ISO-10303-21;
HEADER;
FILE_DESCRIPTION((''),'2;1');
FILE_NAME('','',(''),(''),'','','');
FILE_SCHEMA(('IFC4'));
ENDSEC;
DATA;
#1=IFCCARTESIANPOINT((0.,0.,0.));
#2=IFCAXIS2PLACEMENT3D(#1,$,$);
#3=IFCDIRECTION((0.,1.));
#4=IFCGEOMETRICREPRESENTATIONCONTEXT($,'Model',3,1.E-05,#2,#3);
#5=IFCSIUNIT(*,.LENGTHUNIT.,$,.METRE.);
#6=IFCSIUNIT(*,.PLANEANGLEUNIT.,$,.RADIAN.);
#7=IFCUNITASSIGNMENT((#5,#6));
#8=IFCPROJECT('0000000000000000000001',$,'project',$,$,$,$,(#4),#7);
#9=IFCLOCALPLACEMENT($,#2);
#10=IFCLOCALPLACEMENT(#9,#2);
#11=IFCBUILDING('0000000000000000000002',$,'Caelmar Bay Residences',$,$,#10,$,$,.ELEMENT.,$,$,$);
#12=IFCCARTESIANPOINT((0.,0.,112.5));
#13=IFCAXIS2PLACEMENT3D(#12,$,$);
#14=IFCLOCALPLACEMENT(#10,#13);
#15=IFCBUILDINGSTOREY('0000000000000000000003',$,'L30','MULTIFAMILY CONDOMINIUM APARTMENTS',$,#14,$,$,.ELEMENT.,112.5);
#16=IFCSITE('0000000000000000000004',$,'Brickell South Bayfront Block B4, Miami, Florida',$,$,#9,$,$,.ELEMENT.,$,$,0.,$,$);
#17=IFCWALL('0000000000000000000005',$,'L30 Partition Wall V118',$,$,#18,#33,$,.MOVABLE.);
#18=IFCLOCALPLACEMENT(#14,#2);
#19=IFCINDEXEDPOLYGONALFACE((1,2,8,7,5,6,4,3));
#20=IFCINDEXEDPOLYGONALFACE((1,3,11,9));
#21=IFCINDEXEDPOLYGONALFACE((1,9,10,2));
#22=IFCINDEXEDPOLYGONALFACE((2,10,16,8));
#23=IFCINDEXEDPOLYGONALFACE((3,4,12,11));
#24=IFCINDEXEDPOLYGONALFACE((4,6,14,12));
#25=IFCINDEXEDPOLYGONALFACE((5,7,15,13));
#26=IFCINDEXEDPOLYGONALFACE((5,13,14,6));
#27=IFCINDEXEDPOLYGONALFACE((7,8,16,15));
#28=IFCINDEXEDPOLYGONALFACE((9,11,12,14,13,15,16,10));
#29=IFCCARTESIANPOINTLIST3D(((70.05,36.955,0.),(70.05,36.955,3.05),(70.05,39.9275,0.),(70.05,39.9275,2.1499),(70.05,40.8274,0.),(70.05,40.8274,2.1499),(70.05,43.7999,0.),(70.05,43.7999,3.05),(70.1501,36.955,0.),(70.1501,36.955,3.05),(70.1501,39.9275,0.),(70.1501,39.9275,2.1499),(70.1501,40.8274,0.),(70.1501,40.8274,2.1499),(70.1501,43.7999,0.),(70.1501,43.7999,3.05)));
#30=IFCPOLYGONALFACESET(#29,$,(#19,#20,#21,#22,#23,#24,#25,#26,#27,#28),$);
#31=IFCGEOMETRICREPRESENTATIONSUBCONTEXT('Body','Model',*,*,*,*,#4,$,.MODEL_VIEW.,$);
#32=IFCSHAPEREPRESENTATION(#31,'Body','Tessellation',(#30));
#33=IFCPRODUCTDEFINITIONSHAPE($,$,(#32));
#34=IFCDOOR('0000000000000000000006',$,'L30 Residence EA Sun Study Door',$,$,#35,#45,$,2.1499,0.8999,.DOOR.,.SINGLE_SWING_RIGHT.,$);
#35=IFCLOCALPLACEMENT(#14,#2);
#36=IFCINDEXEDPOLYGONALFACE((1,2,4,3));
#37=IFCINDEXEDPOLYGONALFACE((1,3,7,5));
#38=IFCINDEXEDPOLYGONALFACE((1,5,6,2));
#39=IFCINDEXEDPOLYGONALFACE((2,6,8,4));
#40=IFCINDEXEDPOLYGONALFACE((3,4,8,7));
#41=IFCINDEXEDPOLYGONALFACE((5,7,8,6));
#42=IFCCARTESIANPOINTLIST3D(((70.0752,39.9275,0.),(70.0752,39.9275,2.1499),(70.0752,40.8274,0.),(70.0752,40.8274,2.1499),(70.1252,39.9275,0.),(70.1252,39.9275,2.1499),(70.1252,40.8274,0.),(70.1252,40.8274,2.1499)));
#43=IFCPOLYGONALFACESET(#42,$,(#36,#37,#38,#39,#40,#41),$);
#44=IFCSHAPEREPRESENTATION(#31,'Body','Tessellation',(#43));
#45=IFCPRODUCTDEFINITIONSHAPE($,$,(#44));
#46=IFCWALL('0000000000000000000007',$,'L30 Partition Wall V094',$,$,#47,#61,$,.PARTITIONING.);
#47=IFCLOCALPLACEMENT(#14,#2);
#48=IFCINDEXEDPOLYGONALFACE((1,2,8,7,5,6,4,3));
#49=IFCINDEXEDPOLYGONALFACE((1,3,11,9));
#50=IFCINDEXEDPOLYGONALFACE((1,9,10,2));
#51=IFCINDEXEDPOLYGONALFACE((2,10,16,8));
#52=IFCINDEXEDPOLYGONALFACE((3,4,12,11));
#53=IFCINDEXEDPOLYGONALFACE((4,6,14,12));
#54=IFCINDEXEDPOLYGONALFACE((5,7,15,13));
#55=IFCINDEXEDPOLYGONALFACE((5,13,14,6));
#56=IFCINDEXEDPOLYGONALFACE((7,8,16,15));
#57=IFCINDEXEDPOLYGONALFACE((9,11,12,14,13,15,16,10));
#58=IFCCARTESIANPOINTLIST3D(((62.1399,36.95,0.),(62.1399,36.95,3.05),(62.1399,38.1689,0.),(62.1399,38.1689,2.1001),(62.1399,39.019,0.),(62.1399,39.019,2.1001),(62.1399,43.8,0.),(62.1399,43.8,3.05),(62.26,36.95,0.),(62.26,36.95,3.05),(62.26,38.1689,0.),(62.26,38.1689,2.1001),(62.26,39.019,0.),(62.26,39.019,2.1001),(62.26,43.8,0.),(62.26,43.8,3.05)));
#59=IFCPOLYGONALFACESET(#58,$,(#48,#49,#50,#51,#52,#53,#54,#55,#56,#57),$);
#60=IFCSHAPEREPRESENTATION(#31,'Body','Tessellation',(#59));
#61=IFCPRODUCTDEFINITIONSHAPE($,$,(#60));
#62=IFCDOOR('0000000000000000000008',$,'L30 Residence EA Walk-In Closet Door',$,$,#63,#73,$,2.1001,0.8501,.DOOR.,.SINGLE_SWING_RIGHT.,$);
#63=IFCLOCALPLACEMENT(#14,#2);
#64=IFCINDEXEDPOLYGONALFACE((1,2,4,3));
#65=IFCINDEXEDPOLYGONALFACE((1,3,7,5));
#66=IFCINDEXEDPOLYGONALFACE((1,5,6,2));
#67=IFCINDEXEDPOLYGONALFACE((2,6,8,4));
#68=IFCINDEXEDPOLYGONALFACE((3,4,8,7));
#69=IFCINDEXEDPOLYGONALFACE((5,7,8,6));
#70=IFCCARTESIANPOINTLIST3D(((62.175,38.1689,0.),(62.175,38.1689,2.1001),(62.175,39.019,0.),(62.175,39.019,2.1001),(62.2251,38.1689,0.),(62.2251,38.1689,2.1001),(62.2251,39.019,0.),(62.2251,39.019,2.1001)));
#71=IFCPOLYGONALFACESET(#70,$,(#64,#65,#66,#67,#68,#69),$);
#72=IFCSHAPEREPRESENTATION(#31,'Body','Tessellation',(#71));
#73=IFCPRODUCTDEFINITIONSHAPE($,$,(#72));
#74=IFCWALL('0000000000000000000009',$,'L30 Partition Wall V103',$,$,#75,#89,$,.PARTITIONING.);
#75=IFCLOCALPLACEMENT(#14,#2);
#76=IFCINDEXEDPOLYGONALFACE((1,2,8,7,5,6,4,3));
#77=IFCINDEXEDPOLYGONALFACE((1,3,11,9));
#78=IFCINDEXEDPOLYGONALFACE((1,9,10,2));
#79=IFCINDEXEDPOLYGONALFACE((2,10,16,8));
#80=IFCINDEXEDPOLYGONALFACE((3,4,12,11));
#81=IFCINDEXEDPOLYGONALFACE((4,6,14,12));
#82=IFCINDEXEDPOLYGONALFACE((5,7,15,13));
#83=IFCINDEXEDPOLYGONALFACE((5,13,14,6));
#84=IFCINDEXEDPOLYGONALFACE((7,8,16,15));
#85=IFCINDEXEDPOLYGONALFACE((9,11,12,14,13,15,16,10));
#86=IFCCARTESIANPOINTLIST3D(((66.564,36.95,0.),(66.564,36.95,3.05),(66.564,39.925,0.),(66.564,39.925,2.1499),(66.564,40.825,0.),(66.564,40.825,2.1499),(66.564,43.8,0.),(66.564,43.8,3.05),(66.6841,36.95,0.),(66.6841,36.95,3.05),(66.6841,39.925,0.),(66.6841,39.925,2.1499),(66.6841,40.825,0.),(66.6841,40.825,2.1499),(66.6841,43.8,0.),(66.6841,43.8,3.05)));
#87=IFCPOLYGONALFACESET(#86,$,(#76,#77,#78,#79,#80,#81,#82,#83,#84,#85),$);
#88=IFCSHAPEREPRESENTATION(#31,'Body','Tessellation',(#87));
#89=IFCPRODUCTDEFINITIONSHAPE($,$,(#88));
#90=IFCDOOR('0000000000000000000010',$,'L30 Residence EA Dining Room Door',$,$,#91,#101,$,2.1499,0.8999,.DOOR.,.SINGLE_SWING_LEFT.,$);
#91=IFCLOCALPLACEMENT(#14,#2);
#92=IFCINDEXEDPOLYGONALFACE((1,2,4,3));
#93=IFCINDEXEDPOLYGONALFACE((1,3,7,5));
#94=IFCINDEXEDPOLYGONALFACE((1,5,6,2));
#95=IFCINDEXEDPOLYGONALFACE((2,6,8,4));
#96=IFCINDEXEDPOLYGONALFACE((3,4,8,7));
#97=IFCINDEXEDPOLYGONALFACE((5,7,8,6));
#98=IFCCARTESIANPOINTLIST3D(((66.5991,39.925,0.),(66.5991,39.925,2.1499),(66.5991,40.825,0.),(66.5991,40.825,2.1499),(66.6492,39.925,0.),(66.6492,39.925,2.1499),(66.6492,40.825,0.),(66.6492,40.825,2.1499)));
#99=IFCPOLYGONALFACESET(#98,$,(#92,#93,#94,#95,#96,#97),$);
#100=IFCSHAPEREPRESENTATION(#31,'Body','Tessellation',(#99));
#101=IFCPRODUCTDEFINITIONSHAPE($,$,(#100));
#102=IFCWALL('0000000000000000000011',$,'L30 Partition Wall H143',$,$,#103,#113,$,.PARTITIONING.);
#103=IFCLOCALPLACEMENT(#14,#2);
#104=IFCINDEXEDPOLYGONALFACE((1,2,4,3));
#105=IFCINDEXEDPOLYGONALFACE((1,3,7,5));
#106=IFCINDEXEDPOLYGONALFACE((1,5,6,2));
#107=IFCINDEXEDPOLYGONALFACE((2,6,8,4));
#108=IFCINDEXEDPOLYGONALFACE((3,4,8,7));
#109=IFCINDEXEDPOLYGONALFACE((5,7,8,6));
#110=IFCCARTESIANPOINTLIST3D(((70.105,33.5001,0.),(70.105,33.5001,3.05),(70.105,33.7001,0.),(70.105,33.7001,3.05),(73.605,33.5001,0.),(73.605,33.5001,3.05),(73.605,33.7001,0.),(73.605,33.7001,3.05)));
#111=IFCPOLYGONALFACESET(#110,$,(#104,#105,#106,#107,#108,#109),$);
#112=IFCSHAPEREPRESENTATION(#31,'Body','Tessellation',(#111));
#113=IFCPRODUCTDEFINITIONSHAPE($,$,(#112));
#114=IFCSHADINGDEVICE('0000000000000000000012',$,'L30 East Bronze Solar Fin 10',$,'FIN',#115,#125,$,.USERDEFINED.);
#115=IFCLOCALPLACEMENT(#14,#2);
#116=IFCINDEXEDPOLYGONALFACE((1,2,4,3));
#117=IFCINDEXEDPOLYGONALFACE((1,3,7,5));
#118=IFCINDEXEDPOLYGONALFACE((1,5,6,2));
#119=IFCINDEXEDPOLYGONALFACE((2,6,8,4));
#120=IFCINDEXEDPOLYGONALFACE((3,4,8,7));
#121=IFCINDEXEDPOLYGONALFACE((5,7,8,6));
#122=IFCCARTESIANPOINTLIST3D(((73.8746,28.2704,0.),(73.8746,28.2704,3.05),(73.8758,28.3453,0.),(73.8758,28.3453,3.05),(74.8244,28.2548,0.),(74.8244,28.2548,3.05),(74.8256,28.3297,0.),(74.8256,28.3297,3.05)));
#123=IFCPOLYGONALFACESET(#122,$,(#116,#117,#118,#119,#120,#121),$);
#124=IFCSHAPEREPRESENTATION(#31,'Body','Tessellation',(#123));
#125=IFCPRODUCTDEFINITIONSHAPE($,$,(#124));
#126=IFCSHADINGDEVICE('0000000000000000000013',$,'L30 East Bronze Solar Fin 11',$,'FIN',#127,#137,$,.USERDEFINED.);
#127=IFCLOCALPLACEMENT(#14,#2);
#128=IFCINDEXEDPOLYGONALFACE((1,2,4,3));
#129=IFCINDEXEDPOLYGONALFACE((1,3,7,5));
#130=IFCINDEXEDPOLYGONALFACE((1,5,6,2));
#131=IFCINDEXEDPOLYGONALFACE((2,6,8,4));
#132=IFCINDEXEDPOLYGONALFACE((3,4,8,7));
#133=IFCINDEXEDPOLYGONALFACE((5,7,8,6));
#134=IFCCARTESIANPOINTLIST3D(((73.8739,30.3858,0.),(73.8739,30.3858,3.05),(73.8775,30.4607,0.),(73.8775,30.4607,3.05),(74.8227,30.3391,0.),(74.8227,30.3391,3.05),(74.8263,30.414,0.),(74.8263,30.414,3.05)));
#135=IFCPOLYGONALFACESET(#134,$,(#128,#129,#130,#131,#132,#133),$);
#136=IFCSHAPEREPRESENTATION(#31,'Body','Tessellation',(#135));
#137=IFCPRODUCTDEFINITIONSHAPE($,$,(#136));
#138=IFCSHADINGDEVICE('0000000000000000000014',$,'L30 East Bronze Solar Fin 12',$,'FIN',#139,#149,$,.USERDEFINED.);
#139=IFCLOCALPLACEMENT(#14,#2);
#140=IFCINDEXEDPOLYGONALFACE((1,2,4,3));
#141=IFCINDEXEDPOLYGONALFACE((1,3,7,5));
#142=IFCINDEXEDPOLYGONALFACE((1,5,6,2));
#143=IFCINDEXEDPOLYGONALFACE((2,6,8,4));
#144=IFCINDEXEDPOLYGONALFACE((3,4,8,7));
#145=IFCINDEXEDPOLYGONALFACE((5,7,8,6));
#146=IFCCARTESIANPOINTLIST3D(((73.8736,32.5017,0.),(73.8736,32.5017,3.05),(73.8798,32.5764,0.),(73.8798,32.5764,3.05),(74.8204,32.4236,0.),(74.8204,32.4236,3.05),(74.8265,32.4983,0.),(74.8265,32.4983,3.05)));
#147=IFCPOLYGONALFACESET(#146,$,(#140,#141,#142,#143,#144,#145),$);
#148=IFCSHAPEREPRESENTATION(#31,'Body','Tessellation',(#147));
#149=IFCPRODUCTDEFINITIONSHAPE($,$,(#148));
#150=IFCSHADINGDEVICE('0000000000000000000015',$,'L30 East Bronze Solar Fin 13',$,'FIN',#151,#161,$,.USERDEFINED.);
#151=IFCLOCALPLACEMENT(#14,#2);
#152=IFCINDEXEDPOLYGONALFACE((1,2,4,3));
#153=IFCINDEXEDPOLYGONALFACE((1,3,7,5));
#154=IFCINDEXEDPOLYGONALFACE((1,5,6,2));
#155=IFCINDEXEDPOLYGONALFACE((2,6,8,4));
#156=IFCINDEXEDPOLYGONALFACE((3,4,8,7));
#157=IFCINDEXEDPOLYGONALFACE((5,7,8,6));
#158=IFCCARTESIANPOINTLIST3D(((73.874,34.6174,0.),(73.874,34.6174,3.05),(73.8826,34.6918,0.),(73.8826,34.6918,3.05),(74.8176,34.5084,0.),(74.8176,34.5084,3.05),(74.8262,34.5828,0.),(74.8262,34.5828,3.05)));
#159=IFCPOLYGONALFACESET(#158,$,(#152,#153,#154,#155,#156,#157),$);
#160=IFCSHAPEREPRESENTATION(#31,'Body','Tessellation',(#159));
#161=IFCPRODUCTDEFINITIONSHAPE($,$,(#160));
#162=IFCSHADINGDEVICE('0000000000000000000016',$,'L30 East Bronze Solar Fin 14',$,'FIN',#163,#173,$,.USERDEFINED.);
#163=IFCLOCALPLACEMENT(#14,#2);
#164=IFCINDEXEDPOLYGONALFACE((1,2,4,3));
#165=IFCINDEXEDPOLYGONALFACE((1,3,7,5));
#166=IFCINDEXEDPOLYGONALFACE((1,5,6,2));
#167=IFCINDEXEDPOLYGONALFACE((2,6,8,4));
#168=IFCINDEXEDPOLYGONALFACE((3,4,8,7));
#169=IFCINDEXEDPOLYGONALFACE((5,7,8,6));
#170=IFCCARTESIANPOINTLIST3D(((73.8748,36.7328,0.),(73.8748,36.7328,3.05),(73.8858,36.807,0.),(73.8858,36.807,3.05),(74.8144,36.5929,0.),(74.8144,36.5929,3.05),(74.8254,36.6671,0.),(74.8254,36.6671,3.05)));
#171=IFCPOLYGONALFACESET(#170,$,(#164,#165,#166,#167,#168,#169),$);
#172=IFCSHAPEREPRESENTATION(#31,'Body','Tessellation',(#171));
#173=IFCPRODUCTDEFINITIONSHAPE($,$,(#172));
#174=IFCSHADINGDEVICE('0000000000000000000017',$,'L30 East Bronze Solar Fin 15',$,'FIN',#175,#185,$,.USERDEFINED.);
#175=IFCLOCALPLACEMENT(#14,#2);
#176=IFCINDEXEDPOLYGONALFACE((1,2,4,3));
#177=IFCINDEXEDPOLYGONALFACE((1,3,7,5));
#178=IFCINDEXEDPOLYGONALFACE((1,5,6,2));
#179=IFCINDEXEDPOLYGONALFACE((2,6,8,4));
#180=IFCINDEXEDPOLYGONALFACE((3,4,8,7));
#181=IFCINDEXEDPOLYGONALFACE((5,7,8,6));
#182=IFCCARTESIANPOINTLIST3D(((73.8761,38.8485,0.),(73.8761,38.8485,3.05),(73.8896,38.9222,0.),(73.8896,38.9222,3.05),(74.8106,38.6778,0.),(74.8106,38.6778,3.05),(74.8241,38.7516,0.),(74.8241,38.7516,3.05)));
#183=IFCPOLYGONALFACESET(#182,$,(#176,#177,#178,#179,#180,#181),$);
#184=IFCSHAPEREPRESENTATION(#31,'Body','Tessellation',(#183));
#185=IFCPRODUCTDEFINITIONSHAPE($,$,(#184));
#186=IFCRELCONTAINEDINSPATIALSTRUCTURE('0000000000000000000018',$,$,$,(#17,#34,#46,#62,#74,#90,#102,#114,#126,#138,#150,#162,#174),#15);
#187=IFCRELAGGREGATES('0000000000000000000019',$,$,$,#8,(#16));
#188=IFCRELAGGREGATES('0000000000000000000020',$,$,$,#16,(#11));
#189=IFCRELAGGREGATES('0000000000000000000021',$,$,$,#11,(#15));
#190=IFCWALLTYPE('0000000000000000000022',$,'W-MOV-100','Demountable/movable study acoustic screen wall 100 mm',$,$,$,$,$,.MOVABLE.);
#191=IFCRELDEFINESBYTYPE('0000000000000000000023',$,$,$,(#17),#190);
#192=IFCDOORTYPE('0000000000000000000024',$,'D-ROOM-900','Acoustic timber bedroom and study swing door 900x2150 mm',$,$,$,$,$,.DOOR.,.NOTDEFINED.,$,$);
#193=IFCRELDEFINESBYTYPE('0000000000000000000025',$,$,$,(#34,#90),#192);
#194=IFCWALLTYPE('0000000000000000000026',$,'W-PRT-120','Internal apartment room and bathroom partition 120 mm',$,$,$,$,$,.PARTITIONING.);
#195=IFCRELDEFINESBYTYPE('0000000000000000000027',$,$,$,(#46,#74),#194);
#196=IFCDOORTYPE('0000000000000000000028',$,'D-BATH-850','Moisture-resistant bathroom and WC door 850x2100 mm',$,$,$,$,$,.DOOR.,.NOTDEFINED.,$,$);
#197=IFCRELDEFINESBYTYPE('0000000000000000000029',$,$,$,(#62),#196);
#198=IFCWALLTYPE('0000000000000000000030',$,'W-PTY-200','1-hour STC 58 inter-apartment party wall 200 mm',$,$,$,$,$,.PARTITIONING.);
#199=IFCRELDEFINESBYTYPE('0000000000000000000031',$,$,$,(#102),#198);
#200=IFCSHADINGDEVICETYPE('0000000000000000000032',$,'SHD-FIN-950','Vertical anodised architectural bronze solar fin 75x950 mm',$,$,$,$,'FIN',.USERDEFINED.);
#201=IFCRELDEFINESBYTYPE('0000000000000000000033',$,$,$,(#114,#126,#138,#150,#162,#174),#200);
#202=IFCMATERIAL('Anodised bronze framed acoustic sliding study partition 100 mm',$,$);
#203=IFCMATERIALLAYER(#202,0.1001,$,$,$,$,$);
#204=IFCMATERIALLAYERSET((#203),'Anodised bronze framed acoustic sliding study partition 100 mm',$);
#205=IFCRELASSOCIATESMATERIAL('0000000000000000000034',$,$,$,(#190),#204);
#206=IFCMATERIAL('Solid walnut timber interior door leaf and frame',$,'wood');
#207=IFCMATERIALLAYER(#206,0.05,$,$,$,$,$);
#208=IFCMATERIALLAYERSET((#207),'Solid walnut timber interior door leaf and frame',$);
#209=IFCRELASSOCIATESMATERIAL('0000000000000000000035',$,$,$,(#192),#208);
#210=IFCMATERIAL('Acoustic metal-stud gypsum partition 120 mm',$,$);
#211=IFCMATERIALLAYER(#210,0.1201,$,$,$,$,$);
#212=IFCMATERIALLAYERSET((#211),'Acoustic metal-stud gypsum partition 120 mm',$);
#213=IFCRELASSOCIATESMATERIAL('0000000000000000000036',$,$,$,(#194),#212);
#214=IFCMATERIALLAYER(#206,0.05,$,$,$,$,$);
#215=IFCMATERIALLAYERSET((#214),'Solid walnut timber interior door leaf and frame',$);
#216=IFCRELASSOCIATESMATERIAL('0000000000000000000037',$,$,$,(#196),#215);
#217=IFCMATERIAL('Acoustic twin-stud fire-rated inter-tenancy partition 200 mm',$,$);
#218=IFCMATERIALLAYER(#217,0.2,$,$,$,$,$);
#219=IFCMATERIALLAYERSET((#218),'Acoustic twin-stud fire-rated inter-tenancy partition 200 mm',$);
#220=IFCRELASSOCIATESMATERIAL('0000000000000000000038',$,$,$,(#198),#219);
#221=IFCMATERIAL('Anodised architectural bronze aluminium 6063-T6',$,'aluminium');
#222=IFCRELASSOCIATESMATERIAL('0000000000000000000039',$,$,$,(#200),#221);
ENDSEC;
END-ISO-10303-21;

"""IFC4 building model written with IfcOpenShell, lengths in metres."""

from ifc_helpers import new_model, si_unit, direction, frame, frame_2d, origin, origin_2d, place, context, subcontext, project, spatial, rectangle, extrude, material, layer, layer_set, material_profile, profile_set, type_object, element, fill, save


model = new_model("IFC4")

# Units and contexts
model_context = context("Model", 3, precision=1e-05, world=origin(), true_north=direction((0.0, 1.0)))
body_context = subcontext(model_context, "Body", "Model", "MODEL_VIEW")
ifc_project = project(units=[si_unit("LENGTHUNIT", "METRE"), si_unit("PLANEANGLEUNIT", "RADIAN")], contexts=[model_context])

# Site, building, storey
site_placement = place(None, origin())
site = spatial("IfcSite", under=ifc_project, at=site_placement, Name="Brickell South Bayfront Block B4, Miami, Florida", CompositionType="ELEMENT", RefElevation=0.0)
building_placement = place(site_placement, origin())
building = spatial("IfcBuilding", under=site, at=building_placement, Name="Caelmar Bay Residences", CompositionType="ELEMENT")
storey_placement = place(building_placement, frame((0.0, 0.0, 112.5)))
storey = spatial("IfcBuildingStorey", under=building, at=storey_placement, Name="L30", Description="MULTIFAMILY CONDOMINIUM APARTMENTS", CompositionType="ELEMENT", Elevation=112.5)

# Walls, openings, doors
ifc_material_1 = material(Name="Anodised bronze framed acoustic sliding study partition 100 mm")
ifc_layer_1 = layer(ifc_material_1, 0.1001)
ifc_layer_set_1 = layer_set([ifc_layer_1], Name="Anodised bronze framed acoustic sliding study partition 100 mm")
wall_type_1 = type_object("IfcWallType", Name="W-MOV-100", Description="Demountable/movable study acoustic screen wall 100 mm", PredefinedType="MOVABLE", material=ifc_layer_set_1)
wall_1_placement = place(storey_placement, frame((70.1001, 36.9551, 0.0), z_axis=(0.0, 0.0, 1.0), x_axis=(0.0, 1.0, 0.0)))
wall_1 = element("IfcWall", 1, at=wall_1_placement, inside=storey, type_object=wall_type_1, Name="L30 Partition Wall V118", PredefinedType="MOVABLE", context=body_context, shape_type="SweptSolid", body=[
    extrude(rectangle(XDim=6.845, YDim=0.1001, at=frame_2d((3.4224, 0.0))), origin(), (0.0, 0.0, 1.0), 3.05),
])
opening_1_placement = place(wall_1_placement, frame((2.9724, 0.0, 0.0)))
opening_1 = element("IfcOpeningElement", 2, at=opening_1_placement, cuts=wall_1, PredefinedType="OPENING", context=body_context, shape_type="SweptSolid", body=[
    extrude(rectangle(XDim=0.8999, YDim=2.1499, at=frame_2d((0.45, 1.075))), frame((0.0, 0.0601, 0.0), z_axis=(0.0, -1.0, 0.0), x_axis=(1.0, 0.0, 0.0)), (0.0, 0.0, 1.0), 0.1201),
])
ifc_material_2 = material(Name="Solid walnut timber interior door leaf and frame", Category="wood")
ifc_layer_2 = layer(ifc_material_2, 0.05)
ifc_layer_set_2 = layer_set([ifc_layer_2], Name="Solid walnut timber interior door leaf and frame")
door_type_1 = type_object("IfcDoorType", Name="D-ROOM-900", Description="Acoustic timber bedroom and study swing door 900x2150 mm", OperationType="NOTDEFINED", PredefinedType="DOOR", material=ifc_layer_set_2)
door_1_placement = place(opening_1_placement, origin())
door_1 = element("IfcDoor", 3, at=door_1_placement, inside=storey, type_object=door_type_1, Name="L30 Residence EA Sun Study Door", OperationType="SINGLE_SWING_RIGHT", OverallHeight=2.1499, OverallWidth=0.8999, PredefinedType="DOOR", context=body_context, shape_type="SweptSolid", body=[
    extrude(rectangle(XDim=0.8999, YDim=2.1499, at=frame_2d((0.45, 1.075))), frame((0.0, 0.0249, 0.0), z_axis=(0.0, -1.0, 0.0), x_axis=(1.0, 0.0, 0.0)), (0.0, 0.0, 1.0), 0.05),
])
fill(opening_1, door_1)
ifc_material_3 = material(Name="Acoustic metal-stud gypsum partition 120 mm")
ifc_layer_3 = layer(ifc_material_3, 0.1201)
ifc_layer_set_3 = layer_set([ifc_layer_3], Name="Acoustic metal-stud gypsum partition 120 mm")
wall_type_2 = type_object("IfcWallType", Name="W-PRT-120", Description="Internal apartment room and bathroom partition 120 mm", PredefinedType="PARTITIONING", material=ifc_layer_set_3)
wall_2_placement = place(storey_placement, frame((62.2, 36.95, 0.0), z_axis=(0.0, 0.0, 1.0), x_axis=(0.0, 1.0, 0.0)))
wall_2 = element("IfcWall", 4, at=wall_2_placement, inside=storey, type_object=wall_type_2, Name="L30 Partition Wall V094", PredefinedType="PARTITIONING", context=body_context, shape_type="SweptSolid", body=[
    extrude(rectangle(XDim=6.8501, YDim=0.1201, at=frame_2d((3.425, 0.0))), origin(), (0.0, 0.0, 1.0), 3.05),
])
opening_2_placement = place(wall_2_placement, frame((1.219, 0.0, 0.0)))
opening_2 = element("IfcOpeningElement", 5, at=opening_2_placement, cuts=wall_2, PredefinedType="OPENING", context=body_context, shape_type="SweptSolid", body=[
    extrude(rectangle(XDim=0.8501, YDim=2.1001, at=frame_2d((0.425, 1.05))), frame((0.0, 0.0701, 0.0), z_axis=(0.0, -1.0, 0.0), x_axis=(1.0, 0.0, 0.0)), (0.0, 0.0, 1.0), 0.1401),
])
ifc_layer_4 = layer(ifc_material_2, 0.05)
ifc_layer_set_4 = layer_set([ifc_layer_4], Name="Solid walnut timber interior door leaf and frame")
door_type_2 = type_object("IfcDoorType", Name="D-BATH-850", Description="Moisture-resistant bathroom and WC door 850x2100 mm", OperationType="NOTDEFINED", PredefinedType="DOOR", material=ifc_layer_set_4)
door_2_placement = place(opening_2_placement, origin())
door_2 = element("IfcDoor", 6, at=door_2_placement, inside=storey, type_object=door_type_2, Name="L30 Residence EA Walk-In Closet Door", OperationType="SINGLE_SWING_RIGHT", OverallHeight=2.1001, OverallWidth=0.8501, PredefinedType="DOOR", context=body_context, shape_type="SweptSolid", body=[
    extrude(rectangle(XDim=0.8501, YDim=2.1001, at=frame_2d((0.425, 1.05))), frame((0.0, 0.0249, 0.0), z_axis=(0.0, -1.0, 0.0), x_axis=(1.0, 0.0, 0.0)), (0.0, 0.0, 1.0), 0.05),
])
fill(opening_2, door_2)
wall_3_placement = place(storey_placement, frame((66.624, 36.95, 0.0), z_axis=(0.0, 0.0, 1.0), x_axis=(0.0, 1.0, 0.0)))
wall_3 = element("IfcWall", 7, at=wall_3_placement, inside=storey, type_object=wall_type_2, Name="L30 Partition Wall V103", PredefinedType="PARTITIONING", context=body_context, shape_type="SweptSolid", body=[
    extrude(rectangle(XDim=6.8501, YDim=0.1201, at=frame_2d((3.425, 0.0))), origin(), (0.0, 0.0, 1.0), 3.05),
])
opening_3_placement = place(wall_3_placement, frame((2.9751, 0.0, 0.0)))
opening_3 = element("IfcOpeningElement", 8, at=opening_3_placement, cuts=wall_3, PredefinedType="OPENING", context=body_context, shape_type="SweptSolid", body=[
    extrude(rectangle(XDim=0.8999, YDim=2.1499, at=frame_2d((0.45, 1.075))), frame((0.0, 0.0701, 0.0), z_axis=(0.0, -1.0, 0.0), x_axis=(1.0, 0.0, 0.0)), (0.0, 0.0, 1.0), 0.1401),
])
door_3_placement = place(opening_3_placement, origin())
door_3 = element("IfcDoor", 9, at=door_3_placement, inside=storey, type_object=door_type_1, Name="L30 Residence EA Dining Room Door", OperationType="SINGLE_SWING_LEFT", OverallHeight=2.1499, OverallWidth=0.8999, PredefinedType="DOOR", context=body_context, shape_type="SweptSolid", body=[
    extrude(rectangle(XDim=0.8999, YDim=2.1499, at=frame_2d((0.45, 1.075))), frame((0.0, 0.0249, 0.0), z_axis=(0.0, -1.0, 0.0), x_axis=(1.0, 0.0, 0.0)), (0.0, 0.0, 1.0), 0.05),
])
fill(opening_3, door_3)

# Wall
ifc_material_4 = material(Name="Acoustic twin-stud fire-rated inter-tenancy partition 200 mm")
ifc_layer_5 = layer(ifc_material_4, 0.2)
ifc_layer_set_5 = layer_set([ifc_layer_5], Name="Acoustic twin-stud fire-rated inter-tenancy partition 200 mm")
wall_type_3 = type_object("IfcWallType", Name="W-PTY-200", Description="1-hour STC 58 inter-apartment party wall 200 mm", PredefinedType="PARTITIONING", material=ifc_layer_set_5)
wall_4_placement = place(storey_placement, frame((70.105, 33.6001, 0.0), z_axis=(0.0, 0.0, 1.0), x_axis=(1.0, 0.0, 0.0)))
element("IfcWall", 10, at=wall_4_placement, inside=storey, type_object=wall_type_3, Name="L30 Partition Wall H143", PredefinedType="PARTITIONING", context=body_context, shape_type="SweptSolid", body=[
    extrude(rectangle(XDim=3.5, YDim=0.2, at=frame_2d((1.75, 0.0))), origin(), (0.0, 0.0, 1.0), 3.05),
])

# Shading devices
ifc_material_5 = material(Name="Anodised architectural bronze aluminium 6063-T6", Category="aluminium")
ifc_material_profile_1 = material_profile(ifc_material_5, rectangle(XDim=0.075, YDim=0.95, at=origin_2d()), Name="BRONZE-FIN-75X950")
ifc_profile_set_1 = profile_set([ifc_material_profile_1], Name="Anodised architectural bronze aluminium 6063-T6")
shading_device_type = type_object("IfcShadingDeviceType", Name="SHD-FIN-950", Description="Vertical anodised architectural bronze solar fin 75x950 mm", ElementType="FIN", PredefinedType="USERDEFINED", material=ifc_profile_set_1)
for number, where, z_axis, x_axis, name in (
    (11, (74.3501, 28.3, 0.0), (0.0, 0.0, 1.0), (0.016405, 0.999865, 0.0), "L30 East Bronze Solar Fin 10"),
    (12, (74.3501, 30.3999, 0.0), (0.0, 0.0, 1.0), (0.049198, 0.998789, 0.0), "L30 East Bronze Solar Fin 11"),
    (13, (74.3501, 32.5, 0.0), (0.0, 0.0, 1.0), (0.082112, 0.996623, 0.0), "L30 East Bronze Solar Fin 12"),
    (14, (74.3501, 34.6001, 0.0), (0.0, 0.0, 1.0), (0.114764, 0.993393, 0.0), "L30 East Bronze Solar Fin 13"),
    (15, (74.3501, 36.7, 0.0), (0.0, 0.0, 1.0), (0.147292, 0.989093, 0.0), "L30 East Bronze Solar Fin 14"),
    (16, (74.3501, 38.8, 0.0), (0.0, 0.0, 1.0), (0.179661, 0.983729, 0.0), "L30 East Bronze Solar Fin 15"),
):
    element("IfcShadingDevice", number, at=place(storey_placement, frame(where, z_axis=z_axis, x_axis=x_axis)), inside=storey, type_object=shading_device_type, Name=name, ObjectType="FIN", PredefinedType="USERDEFINED", context=body_context, shape_type="SweptSolid", body=[
        extrude(rectangle(XDim=0.075, YDim=0.95, at=origin_2d()), origin(), (0.0, 0.0, 1.0), 3.05),
    ])

save(model, "model.ifc")
